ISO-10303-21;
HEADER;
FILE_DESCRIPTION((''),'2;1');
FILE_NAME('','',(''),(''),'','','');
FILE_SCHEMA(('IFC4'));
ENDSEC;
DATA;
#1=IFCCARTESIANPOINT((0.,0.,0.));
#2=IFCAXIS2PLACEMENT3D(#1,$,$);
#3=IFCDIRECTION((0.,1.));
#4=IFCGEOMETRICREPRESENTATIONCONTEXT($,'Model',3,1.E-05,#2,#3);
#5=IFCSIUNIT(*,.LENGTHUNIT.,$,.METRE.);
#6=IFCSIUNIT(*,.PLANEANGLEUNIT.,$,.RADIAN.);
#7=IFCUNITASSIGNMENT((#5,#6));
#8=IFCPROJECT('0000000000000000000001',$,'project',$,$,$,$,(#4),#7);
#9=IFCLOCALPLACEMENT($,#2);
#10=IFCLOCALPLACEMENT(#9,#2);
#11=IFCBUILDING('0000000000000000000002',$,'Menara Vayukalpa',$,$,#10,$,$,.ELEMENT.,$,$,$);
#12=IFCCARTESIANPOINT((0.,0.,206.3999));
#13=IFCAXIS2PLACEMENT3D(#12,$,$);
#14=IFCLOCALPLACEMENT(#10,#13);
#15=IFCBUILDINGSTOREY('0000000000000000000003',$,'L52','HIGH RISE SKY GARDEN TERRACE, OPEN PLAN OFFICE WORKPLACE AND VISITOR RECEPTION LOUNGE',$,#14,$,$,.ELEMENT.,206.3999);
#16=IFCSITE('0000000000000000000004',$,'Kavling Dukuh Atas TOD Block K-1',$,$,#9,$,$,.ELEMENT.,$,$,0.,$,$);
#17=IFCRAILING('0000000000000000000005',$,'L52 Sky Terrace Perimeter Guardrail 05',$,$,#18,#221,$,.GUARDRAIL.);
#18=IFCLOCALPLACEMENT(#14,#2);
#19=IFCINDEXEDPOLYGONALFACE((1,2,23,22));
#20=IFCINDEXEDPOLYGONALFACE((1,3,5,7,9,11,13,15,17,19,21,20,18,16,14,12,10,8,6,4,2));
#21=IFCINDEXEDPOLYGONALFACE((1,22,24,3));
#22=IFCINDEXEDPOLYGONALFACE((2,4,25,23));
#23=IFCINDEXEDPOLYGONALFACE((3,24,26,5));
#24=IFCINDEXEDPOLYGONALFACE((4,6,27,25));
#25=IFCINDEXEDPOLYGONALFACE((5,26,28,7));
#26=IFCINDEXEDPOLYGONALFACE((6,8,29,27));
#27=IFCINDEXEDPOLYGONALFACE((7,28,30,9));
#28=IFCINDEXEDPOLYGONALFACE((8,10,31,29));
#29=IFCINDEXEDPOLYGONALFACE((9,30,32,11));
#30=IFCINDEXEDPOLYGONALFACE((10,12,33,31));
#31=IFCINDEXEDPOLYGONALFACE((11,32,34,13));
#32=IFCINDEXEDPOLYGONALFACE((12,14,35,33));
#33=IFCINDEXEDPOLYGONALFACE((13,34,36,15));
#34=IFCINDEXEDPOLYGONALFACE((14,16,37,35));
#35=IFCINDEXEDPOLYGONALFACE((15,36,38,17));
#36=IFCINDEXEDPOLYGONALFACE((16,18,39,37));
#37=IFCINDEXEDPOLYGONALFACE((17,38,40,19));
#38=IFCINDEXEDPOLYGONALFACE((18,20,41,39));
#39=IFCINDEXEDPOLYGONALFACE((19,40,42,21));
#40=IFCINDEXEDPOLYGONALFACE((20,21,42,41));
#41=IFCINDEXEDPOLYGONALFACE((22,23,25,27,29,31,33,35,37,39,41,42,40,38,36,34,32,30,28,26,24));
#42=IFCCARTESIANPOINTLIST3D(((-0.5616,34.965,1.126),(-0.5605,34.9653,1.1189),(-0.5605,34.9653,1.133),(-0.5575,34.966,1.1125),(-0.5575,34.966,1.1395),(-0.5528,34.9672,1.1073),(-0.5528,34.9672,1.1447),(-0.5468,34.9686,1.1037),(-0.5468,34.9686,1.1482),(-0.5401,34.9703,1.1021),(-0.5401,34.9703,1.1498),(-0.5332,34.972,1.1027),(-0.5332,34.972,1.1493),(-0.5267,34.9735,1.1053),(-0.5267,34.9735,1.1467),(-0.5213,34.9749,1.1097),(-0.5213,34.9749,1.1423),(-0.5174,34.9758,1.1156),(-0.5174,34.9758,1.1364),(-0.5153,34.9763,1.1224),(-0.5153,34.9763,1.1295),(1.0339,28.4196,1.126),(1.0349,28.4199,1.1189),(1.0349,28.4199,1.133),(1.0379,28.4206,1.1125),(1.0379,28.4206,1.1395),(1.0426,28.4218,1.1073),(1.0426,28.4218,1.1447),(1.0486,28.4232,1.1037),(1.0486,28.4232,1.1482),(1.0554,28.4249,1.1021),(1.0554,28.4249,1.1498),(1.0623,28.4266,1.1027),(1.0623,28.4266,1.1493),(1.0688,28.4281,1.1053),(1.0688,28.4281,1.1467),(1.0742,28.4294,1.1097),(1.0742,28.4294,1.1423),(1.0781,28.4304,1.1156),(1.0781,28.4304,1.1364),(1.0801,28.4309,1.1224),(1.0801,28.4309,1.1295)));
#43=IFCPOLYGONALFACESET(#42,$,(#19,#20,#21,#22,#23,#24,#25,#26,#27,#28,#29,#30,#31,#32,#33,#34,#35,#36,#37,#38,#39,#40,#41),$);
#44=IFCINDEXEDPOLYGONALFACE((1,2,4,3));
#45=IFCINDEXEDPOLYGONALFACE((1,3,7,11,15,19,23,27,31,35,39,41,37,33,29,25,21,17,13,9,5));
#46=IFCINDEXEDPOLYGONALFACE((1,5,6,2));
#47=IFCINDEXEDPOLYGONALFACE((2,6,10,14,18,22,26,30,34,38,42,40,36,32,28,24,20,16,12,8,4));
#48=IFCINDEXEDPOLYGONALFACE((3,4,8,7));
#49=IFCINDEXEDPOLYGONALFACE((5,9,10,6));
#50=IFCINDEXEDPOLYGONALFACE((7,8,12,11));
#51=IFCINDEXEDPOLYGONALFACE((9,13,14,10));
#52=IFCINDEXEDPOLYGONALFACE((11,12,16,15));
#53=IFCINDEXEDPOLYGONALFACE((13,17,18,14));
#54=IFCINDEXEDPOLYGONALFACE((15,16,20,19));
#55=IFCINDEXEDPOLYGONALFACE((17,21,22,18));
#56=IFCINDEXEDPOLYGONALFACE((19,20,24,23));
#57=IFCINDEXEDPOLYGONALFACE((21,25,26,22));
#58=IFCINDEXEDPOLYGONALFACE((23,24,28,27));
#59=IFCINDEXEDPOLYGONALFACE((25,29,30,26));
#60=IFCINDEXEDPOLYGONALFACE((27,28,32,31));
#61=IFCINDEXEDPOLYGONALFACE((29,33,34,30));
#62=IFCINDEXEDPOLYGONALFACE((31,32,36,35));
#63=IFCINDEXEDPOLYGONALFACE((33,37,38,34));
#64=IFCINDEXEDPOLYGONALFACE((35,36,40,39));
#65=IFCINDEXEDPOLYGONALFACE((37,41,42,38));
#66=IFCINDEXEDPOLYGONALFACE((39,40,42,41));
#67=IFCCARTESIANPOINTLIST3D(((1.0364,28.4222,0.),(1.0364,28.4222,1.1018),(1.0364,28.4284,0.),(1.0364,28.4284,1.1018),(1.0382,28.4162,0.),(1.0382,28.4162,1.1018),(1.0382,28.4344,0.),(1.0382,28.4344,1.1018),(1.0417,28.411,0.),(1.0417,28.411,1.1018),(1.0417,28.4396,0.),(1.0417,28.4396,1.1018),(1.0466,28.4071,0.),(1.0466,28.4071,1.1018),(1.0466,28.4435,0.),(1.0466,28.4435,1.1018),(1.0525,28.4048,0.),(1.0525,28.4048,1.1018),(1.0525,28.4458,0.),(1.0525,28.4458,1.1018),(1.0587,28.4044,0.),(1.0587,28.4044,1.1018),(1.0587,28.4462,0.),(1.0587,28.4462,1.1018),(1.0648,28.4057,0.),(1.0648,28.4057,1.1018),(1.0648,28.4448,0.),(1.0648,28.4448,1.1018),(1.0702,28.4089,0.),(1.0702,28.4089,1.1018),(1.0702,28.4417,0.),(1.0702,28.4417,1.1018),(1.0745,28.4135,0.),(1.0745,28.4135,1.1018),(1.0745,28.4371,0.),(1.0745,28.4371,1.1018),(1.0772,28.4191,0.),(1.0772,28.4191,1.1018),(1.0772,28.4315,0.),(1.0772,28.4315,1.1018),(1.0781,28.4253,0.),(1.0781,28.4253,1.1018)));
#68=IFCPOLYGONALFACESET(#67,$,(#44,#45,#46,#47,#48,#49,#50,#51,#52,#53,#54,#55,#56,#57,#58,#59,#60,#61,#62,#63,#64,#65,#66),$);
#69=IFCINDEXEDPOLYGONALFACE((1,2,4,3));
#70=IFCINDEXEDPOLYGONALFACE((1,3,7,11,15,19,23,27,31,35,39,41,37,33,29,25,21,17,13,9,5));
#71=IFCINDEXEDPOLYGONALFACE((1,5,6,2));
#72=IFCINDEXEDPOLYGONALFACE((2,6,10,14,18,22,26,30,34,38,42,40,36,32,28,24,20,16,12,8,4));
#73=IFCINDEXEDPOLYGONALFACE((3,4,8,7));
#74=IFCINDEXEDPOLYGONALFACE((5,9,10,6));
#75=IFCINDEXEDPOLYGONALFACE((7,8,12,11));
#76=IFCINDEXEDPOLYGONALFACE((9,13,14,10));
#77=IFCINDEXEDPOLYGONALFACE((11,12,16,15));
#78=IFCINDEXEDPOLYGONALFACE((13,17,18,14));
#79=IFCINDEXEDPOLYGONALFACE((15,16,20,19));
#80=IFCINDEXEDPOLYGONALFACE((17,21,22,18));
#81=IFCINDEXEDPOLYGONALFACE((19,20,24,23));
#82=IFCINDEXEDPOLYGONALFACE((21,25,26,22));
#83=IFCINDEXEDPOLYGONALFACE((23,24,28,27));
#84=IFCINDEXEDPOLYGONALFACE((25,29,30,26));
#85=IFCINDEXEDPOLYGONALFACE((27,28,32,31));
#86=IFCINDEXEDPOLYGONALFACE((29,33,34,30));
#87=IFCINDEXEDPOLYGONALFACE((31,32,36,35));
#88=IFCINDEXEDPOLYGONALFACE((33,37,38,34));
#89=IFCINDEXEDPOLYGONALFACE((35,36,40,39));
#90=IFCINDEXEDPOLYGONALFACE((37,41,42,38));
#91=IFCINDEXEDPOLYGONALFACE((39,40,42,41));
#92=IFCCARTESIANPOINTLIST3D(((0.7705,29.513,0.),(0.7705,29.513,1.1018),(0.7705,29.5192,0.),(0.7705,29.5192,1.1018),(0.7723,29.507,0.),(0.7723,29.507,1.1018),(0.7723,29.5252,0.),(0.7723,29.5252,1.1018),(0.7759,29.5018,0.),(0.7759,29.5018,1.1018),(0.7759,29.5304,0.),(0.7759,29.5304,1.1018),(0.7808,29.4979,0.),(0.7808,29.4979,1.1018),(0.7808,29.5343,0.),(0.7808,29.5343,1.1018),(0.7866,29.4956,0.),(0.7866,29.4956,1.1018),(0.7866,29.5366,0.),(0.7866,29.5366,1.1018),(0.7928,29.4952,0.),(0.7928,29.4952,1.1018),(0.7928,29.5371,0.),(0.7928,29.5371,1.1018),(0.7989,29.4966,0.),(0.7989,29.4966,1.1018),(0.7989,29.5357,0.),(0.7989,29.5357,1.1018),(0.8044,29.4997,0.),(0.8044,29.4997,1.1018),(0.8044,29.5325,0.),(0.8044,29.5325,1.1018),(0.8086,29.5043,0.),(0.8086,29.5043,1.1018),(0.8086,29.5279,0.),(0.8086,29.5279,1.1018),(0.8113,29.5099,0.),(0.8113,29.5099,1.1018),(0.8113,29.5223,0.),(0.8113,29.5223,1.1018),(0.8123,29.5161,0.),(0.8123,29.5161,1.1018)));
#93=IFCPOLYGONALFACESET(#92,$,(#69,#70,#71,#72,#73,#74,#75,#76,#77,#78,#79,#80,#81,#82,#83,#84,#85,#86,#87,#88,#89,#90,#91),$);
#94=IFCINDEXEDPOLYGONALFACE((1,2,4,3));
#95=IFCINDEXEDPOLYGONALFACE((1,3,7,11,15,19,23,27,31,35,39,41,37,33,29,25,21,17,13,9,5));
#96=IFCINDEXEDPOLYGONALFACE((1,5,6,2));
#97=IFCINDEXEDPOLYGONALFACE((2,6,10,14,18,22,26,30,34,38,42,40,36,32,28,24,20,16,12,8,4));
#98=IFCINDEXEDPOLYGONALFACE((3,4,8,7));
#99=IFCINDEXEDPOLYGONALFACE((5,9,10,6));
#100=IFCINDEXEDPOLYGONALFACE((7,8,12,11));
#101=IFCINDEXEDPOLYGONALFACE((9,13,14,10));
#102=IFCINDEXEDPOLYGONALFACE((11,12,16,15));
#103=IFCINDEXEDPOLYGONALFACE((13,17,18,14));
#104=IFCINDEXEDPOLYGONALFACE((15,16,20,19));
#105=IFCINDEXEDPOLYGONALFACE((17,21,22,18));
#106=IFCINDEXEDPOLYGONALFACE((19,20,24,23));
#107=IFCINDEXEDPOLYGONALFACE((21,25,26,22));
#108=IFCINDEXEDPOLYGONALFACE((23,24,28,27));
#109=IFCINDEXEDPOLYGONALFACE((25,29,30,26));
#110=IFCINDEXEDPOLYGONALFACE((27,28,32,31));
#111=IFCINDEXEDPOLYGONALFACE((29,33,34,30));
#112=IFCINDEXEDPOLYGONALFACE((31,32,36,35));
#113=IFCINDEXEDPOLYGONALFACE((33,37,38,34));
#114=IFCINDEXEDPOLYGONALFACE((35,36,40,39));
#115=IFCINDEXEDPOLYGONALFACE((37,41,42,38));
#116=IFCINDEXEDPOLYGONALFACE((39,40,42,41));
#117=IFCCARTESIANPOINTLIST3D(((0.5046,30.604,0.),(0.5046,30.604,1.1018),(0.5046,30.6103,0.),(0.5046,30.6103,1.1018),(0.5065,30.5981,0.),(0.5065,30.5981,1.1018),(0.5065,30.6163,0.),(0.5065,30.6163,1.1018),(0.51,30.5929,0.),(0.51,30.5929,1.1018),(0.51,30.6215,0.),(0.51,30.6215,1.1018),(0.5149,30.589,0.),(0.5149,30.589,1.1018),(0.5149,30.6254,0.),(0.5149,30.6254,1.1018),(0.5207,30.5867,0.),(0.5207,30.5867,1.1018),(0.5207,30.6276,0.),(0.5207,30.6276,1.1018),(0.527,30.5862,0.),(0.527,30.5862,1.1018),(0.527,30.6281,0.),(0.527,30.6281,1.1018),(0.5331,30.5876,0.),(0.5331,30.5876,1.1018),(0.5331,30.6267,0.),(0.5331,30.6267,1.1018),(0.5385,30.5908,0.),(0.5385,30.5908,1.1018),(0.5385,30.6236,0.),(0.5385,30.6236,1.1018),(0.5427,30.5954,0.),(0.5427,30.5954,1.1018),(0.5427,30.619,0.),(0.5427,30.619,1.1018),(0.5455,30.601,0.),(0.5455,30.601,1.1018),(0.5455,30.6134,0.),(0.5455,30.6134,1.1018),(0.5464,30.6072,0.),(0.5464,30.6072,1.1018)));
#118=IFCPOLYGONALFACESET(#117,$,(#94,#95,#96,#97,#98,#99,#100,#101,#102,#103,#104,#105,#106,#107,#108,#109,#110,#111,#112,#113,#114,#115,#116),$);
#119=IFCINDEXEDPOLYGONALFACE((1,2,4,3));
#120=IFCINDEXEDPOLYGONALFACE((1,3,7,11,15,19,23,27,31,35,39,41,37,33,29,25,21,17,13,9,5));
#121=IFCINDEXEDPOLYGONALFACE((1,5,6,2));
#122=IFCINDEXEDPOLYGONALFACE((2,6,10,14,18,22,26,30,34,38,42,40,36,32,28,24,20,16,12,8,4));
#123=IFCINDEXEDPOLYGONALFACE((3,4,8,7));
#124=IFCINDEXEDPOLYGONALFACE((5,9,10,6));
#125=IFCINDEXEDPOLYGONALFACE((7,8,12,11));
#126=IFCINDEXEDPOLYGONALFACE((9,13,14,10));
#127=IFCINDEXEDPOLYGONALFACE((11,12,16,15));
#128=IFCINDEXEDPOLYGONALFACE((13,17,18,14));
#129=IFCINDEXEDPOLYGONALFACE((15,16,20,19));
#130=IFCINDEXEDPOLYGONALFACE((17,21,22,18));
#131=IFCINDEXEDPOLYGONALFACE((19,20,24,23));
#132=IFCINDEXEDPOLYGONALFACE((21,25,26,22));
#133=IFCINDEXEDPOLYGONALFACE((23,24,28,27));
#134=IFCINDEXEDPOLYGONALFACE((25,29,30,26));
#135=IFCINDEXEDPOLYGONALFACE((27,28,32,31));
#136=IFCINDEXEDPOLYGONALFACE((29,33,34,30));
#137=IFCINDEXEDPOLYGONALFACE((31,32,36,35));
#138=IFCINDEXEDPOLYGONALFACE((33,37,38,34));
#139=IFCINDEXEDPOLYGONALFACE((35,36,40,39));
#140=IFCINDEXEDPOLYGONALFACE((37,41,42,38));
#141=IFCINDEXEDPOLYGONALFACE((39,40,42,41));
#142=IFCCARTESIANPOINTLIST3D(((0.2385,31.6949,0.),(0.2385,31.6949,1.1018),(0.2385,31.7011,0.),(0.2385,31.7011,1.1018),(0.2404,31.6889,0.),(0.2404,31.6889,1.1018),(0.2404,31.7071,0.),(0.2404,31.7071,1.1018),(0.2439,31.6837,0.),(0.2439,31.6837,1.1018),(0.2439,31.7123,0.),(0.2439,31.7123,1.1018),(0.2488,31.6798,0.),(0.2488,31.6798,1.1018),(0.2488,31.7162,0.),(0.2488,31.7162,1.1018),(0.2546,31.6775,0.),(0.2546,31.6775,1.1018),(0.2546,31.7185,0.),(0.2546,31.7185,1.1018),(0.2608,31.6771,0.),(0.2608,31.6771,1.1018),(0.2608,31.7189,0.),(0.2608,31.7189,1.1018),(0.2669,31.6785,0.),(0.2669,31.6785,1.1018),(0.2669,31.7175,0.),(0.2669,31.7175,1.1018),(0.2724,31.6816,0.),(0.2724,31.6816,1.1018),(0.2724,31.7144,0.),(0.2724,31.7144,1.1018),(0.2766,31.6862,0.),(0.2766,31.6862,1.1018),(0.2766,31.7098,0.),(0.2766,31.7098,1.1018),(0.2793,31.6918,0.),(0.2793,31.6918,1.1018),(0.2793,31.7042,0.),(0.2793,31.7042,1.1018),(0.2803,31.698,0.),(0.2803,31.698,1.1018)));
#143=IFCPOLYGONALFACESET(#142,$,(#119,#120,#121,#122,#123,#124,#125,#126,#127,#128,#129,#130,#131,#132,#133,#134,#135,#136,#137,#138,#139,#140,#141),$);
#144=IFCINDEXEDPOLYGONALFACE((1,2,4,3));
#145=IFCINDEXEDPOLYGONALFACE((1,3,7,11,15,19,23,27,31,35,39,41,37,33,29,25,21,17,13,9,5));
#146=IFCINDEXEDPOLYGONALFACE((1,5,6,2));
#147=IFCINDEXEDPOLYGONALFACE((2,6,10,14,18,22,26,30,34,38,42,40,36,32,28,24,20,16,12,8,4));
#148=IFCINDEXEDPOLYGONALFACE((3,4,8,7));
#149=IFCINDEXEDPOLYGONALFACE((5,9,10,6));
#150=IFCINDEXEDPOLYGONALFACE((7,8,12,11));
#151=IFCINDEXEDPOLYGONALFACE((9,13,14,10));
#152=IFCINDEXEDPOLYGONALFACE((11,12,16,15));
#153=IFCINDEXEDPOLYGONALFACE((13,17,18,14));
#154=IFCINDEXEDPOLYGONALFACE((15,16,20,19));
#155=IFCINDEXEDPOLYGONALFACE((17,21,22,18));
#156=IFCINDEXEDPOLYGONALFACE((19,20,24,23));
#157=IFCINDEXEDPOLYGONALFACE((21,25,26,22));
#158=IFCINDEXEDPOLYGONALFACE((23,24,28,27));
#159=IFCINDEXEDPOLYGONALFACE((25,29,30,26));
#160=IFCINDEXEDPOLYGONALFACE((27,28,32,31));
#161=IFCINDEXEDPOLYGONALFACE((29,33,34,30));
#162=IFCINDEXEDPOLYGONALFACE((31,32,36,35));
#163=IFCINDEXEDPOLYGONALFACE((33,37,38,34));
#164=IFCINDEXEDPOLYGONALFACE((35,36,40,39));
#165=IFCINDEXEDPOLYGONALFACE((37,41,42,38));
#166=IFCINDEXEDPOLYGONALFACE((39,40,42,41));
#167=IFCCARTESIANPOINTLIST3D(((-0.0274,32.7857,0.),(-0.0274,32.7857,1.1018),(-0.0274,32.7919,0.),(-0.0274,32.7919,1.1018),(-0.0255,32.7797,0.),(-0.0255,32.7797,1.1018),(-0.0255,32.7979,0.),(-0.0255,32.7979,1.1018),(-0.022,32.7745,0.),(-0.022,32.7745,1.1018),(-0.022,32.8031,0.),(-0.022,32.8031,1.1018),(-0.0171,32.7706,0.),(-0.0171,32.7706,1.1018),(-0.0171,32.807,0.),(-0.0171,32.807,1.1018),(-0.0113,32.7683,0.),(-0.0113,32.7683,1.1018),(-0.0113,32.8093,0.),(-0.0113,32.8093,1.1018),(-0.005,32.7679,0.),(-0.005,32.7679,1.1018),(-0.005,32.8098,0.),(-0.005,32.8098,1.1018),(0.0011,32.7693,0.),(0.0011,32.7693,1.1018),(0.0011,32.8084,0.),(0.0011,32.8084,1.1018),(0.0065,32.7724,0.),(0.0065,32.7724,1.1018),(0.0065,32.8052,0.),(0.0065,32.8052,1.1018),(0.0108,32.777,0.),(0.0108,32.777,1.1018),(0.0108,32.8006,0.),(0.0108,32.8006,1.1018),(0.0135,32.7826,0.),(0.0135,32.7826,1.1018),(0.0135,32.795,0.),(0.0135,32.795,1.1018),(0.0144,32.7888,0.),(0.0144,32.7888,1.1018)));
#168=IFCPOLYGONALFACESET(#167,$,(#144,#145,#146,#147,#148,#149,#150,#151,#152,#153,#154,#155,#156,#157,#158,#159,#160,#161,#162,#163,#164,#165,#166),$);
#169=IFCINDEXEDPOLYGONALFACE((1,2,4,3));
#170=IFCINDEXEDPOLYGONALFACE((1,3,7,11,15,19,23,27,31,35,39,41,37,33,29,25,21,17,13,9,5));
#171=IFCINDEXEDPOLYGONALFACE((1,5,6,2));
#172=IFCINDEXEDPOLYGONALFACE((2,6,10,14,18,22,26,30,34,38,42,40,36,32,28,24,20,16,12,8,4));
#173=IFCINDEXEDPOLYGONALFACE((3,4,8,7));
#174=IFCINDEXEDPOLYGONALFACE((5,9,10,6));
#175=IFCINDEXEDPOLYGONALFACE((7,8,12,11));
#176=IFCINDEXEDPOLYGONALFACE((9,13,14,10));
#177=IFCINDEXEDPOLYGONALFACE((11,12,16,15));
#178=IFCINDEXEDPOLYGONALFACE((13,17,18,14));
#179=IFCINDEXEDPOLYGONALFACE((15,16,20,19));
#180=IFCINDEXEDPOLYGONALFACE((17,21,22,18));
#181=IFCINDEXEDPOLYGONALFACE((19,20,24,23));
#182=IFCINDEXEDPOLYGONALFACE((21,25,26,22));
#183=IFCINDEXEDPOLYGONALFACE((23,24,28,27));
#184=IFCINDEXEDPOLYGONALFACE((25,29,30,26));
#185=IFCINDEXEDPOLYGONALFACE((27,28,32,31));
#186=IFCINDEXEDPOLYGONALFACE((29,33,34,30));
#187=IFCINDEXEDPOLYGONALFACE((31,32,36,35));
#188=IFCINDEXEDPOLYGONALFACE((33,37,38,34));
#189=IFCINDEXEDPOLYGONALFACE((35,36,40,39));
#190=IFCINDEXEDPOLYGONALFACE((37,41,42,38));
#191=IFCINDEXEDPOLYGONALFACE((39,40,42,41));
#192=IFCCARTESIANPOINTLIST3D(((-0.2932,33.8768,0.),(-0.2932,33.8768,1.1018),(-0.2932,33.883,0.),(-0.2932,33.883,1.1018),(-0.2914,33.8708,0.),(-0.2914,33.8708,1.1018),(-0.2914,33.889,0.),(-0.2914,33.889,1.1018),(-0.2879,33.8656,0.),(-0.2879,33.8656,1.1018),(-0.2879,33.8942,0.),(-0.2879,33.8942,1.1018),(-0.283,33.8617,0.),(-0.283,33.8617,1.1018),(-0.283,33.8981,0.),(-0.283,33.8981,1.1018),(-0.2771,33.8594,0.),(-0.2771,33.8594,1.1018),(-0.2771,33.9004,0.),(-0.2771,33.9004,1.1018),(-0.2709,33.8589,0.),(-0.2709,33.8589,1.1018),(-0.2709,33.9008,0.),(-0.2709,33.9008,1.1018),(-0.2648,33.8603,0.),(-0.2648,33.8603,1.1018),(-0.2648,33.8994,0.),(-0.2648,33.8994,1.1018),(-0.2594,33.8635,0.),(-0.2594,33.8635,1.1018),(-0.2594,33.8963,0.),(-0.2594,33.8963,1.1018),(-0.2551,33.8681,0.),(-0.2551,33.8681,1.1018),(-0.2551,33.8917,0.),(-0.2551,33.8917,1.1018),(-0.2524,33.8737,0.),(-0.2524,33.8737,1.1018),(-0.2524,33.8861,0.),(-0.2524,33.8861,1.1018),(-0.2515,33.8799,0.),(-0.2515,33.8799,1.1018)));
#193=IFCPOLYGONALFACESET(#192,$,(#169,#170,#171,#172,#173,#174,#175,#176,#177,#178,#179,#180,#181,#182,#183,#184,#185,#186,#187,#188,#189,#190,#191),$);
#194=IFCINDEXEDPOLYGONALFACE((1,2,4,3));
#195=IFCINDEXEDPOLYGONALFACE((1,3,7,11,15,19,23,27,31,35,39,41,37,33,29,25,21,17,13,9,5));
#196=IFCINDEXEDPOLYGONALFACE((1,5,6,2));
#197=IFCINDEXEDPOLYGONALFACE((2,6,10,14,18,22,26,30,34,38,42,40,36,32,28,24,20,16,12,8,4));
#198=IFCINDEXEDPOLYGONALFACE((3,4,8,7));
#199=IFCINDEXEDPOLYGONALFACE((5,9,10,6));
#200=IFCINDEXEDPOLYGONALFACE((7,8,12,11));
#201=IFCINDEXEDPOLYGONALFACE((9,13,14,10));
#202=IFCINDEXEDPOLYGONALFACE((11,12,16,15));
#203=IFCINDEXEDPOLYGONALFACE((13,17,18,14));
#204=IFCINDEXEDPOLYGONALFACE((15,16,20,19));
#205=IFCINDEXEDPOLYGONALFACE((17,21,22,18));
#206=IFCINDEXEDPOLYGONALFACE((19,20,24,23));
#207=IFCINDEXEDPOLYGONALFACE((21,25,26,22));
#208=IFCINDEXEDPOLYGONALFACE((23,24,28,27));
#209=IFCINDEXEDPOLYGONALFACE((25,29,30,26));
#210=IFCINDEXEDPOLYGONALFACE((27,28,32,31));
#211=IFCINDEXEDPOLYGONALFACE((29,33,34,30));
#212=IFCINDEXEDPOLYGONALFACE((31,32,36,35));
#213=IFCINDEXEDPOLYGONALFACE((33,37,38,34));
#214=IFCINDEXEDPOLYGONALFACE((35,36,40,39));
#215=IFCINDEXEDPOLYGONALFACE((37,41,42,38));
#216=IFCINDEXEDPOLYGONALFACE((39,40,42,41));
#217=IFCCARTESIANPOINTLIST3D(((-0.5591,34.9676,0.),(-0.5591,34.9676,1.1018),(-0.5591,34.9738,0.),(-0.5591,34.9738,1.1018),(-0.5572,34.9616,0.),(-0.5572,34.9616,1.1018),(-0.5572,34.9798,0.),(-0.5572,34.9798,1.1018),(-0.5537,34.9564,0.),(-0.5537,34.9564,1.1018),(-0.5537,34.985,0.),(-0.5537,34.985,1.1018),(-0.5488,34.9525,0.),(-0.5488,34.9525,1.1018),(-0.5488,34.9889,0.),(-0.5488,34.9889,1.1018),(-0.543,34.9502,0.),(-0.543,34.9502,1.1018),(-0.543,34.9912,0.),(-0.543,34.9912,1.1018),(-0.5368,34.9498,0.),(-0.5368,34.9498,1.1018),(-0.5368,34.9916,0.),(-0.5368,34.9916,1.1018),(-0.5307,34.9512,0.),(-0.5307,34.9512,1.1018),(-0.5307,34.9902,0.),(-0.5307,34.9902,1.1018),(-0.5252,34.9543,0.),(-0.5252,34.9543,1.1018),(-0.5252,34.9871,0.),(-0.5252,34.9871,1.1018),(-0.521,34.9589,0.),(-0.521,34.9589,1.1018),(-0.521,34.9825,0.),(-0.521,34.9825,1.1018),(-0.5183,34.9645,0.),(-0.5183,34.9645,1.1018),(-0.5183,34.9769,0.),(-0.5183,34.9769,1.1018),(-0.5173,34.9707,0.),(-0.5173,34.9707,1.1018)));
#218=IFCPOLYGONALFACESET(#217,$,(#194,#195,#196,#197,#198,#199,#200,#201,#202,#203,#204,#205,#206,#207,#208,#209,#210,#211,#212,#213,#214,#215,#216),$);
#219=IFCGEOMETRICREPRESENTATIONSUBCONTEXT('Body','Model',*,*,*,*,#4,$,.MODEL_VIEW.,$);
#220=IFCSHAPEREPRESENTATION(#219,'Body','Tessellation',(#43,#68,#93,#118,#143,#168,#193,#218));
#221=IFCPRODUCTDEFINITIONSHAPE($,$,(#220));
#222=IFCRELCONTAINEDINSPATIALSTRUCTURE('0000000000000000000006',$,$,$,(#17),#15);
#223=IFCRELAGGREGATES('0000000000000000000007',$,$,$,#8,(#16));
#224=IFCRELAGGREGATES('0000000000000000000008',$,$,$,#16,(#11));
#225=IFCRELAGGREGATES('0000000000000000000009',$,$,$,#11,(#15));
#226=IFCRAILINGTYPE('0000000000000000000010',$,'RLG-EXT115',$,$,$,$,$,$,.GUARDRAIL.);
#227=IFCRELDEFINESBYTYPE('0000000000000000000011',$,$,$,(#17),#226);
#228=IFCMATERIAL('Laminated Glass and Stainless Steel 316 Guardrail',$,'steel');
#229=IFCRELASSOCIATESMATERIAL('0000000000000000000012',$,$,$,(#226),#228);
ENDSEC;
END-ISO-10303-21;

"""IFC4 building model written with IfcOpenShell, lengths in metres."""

from ifc_helpers import new_model, si_unit, direction, frame, origin, origin_2d, place, context, subcontext, project, spatial, circle, extrude, material, type_object, element, save


model = new_model("IFC4")

# Units and contexts
model_context = context("Model", 3, precision=1e-05, world=origin(), true_north=direction((0.0, 1.0)))
body_context = subcontext(model_context, "Body", "Model", "MODEL_VIEW")
ifc_project = project(units=[si_unit("LENGTHUNIT", "METRE"), si_unit("PLANEANGLEUNIT", "RADIAN")], contexts=[model_context])

# Site, building, storey
site_placement = place(None, origin())
site = spatial("IfcSite", under=ifc_project, at=site_placement, Name="Kavling Dukuh Atas TOD Block K-1", CompositionType="ELEMENT", RefElevation=0.0)
building_placement = place(site_placement, origin())
building = spatial("IfcBuilding", under=site, at=building_placement, Name="Menara Vayukalpa", CompositionType="ELEMENT")
storey_placement = place(building_placement, frame((0.0, 0.0, 206.3999)))
storey = spatial("IfcBuildingStorey", under=building, at=storey_placement, Name="L52", Description="HIGH RISE SKY GARDEN TERRACE, OPEN PLAN OFFICE WORKPLACE AND VISITOR RECEPTION LOUNGE", CompositionType="ELEMENT", Elevation=206.3999)

# Railing
ifc_material_1 = material(Name="Laminated Glass and Stainless Steel 316 Guardrail", Category="steel")
railing_type = type_object("IfcRailingType", Name="RLG-EXT115", PredefinedType="GUARDRAIL", material=ifc_material_1)
railing_1_placement = place(storey_placement, frame((1.0571, 28.4253, 0.0)))
element("IfcRailing", 1, at=railing_1_placement, inside=storey, type_object=railing_type, Name="L52 Sky Terrace Perimeter Guardrail 05", PredefinedType="GUARDRAIL", context=body_context, shape_type="SweptSolid", body=[
    extrude(circle(Radius=0.0239, at=origin_2d()), frame((0.0, 0.0, 1.126), z_axis=(-0.236819, 0.971554, 0.0), x_axis=(-0.971554, -0.236819, 0.0)), (0.0, 0.0, 1.0), 6.7371),
    extrude(circle(Radius=0.021, at=origin_2d()), origin(), (0.0, 0.0, 1.0), 1.1018),
    extrude(circle(Radius=0.021, at=origin_2d()), frame((-0.2659, 1.0908, 0.0)), (0.0, 0.0, 1.0), 1.1018),
    extrude(circle(Radius=0.021, at=origin_2d()), frame((-0.5317, 2.1819, 0.0)), (0.0, 0.0, 1.0), 1.1018),
    extrude(circle(Radius=0.021, at=origin_2d()), frame((-0.7979, 3.2727, 0.0)), (0.0, 0.0, 1.0), 1.1018),
    extrude(circle(Radius=0.021, at=origin_2d()), frame((-1.0637, 4.3635, 0.0)), (0.0, 0.0, 1.0), 1.1018),
    extrude(circle(Radius=0.021, at=origin_2d()), frame((-1.3296, 5.4546, 0.0)), (0.0, 0.0, 1.0), 1.1018),
    extrude(circle(Radius=0.021, at=origin_2d()), frame((-1.5955, 6.5454, 0.0)), (0.0, 0.0, 1.0), 1.1018),
])

save(model, "model.ifc")
